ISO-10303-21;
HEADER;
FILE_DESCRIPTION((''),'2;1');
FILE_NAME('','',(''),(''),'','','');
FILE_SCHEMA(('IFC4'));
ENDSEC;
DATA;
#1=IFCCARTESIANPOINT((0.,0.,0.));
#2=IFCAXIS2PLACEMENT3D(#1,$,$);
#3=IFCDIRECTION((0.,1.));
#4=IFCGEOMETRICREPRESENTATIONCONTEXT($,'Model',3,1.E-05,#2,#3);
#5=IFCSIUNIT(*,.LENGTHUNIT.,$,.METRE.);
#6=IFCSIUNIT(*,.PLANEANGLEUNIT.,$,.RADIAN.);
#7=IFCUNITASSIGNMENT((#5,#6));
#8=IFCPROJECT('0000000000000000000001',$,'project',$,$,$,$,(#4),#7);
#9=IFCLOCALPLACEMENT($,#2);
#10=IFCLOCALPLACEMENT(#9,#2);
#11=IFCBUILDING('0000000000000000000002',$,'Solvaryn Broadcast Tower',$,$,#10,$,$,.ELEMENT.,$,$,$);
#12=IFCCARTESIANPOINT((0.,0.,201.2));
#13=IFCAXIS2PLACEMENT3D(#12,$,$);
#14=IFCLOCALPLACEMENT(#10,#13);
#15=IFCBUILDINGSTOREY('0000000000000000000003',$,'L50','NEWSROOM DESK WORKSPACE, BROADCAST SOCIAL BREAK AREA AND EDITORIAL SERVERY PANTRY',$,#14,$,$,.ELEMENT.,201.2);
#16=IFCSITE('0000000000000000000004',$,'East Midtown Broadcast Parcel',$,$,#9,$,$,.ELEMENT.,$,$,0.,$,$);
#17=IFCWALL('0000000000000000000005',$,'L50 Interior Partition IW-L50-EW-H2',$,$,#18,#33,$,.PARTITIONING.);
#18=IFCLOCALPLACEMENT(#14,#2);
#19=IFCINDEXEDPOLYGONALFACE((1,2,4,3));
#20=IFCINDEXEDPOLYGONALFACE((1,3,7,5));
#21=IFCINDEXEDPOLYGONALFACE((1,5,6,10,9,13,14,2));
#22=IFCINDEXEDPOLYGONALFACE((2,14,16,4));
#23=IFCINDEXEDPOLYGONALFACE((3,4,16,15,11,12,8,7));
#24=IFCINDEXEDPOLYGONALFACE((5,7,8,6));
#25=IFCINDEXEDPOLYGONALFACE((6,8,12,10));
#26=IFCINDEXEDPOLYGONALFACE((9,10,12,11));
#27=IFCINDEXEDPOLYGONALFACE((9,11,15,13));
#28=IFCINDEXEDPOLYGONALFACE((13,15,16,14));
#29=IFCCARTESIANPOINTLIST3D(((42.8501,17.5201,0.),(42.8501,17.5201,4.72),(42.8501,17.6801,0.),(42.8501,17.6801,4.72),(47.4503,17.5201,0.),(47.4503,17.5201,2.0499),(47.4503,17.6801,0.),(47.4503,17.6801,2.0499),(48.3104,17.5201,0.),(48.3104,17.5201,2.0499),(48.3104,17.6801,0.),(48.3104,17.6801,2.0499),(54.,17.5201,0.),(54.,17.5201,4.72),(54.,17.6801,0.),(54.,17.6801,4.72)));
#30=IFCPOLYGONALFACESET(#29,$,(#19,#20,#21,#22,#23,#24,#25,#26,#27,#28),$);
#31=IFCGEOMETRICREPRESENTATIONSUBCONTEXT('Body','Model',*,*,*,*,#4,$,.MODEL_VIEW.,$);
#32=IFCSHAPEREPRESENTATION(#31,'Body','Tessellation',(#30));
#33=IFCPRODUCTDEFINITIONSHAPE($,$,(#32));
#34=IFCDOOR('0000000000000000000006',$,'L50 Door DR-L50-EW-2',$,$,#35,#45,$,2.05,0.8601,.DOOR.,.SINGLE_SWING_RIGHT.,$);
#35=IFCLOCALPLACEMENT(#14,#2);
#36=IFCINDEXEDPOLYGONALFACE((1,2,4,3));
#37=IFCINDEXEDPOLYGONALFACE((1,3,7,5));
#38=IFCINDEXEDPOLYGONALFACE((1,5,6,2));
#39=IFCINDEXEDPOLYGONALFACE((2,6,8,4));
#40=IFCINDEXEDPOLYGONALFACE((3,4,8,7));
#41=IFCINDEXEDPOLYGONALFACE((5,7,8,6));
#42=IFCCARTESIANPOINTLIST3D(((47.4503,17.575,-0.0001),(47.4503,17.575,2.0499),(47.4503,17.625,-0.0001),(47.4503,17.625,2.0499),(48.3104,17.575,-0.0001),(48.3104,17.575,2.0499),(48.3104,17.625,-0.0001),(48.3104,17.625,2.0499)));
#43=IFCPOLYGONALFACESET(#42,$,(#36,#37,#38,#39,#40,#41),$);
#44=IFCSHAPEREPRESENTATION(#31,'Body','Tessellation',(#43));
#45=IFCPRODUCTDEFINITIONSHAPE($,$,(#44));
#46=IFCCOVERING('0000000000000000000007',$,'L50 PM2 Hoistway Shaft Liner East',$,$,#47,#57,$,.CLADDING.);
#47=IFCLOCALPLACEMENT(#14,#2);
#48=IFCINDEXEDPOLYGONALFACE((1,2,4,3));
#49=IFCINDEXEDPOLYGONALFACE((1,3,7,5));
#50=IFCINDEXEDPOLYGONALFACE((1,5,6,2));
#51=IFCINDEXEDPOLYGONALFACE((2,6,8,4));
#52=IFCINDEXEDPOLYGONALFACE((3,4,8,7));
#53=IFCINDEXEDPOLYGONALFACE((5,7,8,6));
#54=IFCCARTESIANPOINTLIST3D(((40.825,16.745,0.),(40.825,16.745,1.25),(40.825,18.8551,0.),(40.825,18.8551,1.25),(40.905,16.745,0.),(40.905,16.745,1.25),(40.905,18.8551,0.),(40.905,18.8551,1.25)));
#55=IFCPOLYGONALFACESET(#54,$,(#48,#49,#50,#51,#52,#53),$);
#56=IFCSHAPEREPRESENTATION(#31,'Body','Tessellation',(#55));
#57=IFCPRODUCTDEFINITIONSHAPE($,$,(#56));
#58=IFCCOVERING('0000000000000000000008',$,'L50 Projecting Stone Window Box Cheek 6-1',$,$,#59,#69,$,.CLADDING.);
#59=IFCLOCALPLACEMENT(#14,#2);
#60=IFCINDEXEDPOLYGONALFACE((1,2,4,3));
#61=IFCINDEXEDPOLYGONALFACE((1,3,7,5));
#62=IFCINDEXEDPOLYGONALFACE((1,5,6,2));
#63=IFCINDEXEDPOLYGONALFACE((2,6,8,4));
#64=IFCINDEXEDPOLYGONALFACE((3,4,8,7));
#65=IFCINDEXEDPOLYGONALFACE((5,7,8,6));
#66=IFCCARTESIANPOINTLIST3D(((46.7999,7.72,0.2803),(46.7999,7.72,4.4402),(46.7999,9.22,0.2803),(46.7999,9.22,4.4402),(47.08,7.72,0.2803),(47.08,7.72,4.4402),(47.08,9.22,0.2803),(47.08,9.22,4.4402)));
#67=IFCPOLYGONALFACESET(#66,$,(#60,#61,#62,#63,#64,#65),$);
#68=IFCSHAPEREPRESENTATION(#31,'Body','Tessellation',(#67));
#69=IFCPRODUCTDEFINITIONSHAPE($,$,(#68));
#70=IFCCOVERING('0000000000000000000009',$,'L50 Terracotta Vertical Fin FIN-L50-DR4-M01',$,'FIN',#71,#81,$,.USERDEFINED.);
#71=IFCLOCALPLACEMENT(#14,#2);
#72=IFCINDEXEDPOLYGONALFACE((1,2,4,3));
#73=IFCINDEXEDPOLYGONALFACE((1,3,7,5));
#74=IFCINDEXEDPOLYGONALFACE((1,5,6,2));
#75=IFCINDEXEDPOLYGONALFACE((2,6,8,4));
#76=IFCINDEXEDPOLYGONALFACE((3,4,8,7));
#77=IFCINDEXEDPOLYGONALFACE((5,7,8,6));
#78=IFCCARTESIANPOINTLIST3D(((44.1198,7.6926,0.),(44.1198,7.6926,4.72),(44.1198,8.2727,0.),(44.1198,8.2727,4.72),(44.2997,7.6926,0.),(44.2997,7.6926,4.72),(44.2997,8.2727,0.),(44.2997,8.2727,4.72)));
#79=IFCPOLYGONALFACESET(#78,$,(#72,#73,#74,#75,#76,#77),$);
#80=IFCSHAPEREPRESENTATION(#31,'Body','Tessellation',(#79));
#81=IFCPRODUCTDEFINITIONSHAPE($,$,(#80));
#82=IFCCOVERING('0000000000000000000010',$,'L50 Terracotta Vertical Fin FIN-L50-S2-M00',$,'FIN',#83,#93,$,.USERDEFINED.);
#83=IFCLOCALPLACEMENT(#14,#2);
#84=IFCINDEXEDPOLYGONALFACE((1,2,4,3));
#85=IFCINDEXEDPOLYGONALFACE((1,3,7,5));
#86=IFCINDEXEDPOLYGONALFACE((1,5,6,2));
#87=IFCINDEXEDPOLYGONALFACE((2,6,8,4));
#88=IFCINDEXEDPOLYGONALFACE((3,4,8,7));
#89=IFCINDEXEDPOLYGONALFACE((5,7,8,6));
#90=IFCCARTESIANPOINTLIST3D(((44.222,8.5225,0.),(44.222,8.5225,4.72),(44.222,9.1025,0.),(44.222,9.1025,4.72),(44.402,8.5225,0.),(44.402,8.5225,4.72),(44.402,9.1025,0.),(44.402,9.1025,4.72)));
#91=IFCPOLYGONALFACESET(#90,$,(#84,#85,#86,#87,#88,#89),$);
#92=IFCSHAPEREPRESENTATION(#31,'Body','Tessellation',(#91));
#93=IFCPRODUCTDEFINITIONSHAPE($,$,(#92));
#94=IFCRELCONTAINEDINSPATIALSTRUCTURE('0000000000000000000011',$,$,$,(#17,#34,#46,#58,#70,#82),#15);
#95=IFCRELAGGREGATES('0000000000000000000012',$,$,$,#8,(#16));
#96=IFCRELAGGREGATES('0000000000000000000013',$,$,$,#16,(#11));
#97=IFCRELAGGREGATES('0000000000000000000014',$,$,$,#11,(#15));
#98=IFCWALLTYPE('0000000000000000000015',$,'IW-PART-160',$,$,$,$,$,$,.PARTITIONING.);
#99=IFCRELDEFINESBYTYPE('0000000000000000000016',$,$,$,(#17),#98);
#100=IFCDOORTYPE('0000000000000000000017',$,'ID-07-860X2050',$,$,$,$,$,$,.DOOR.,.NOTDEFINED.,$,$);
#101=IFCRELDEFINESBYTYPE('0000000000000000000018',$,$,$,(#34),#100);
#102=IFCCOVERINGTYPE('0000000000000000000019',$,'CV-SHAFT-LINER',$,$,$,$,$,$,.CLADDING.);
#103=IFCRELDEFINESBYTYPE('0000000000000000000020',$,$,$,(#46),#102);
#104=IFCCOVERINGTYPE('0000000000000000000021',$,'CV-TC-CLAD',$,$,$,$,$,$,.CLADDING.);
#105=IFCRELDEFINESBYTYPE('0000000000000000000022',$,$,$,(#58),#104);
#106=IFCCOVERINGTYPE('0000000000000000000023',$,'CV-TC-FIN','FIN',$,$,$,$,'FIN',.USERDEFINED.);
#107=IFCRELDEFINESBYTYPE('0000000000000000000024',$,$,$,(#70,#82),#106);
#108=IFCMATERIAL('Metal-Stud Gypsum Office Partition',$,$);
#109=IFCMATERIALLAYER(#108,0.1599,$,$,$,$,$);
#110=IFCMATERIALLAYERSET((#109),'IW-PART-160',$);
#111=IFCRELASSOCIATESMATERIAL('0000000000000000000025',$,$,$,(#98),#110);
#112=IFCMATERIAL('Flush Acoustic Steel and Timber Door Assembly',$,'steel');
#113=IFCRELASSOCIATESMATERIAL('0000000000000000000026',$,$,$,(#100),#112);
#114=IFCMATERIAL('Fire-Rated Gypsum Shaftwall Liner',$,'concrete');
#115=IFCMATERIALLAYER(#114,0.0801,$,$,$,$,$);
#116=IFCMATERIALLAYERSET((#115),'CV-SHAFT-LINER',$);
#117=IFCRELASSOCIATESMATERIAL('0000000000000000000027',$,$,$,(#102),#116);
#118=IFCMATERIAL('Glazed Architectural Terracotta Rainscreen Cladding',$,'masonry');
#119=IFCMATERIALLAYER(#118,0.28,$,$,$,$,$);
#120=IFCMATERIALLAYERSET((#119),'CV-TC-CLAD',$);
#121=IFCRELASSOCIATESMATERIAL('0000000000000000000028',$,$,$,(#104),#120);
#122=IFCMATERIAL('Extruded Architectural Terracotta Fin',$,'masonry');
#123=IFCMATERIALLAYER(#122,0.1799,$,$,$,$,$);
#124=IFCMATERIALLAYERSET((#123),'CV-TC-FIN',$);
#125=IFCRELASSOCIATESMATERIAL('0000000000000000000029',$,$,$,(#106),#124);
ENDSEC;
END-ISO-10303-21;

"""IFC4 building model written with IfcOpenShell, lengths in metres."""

from ifc_helpers import new_model, si_unit, direction, frame, frame_2d, origin, origin_2d, place, context, subcontext, project, spatial, rectangle, extrude, material, layer, layer_set, type_object, element, fill, save


model = new_model("IFC4")

# Units and contexts
model_context = context("Model", 3, precision=1e-05, world=origin(), true_north=direction((0.0, 1.0)))
body_context = subcontext(model_context, "Body", "Model", "MODEL_VIEW")
ifc_project = project(units=[si_unit("LENGTHUNIT", "METRE"), si_unit("PLANEANGLEUNIT", "RADIAN")], contexts=[model_context])

# Site, building, storey
site_placement = place(None, origin())
site = spatial("IfcSite", under=ifc_project, at=site_placement, Name="East Midtown Broadcast Parcel", CompositionType="ELEMENT", RefElevation=0.0)
building_placement = place(site_placement, origin())
building = spatial("IfcBuilding", under=site, at=building_placement, Name="Solvaryn Broadcast Tower", CompositionType="ELEMENT")
storey_placement = place(building_placement, frame((0.0, 0.0, 201.2)))
storey = spatial("IfcBuildingStorey", under=building, at=storey_placement, Name="L50", Description="NEWSROOM DESK WORKSPACE, BROADCAST SOCIAL BREAK AREA AND EDITORIAL SERVERY PANTRY", CompositionType="ELEMENT", Elevation=201.2)

# Shared definitions
ifc_material_1 = material(Name="Metal-Stud Gypsum Office Partition")
ifc_layer_1 = layer(ifc_material_1, 0.1599)
ifc_layer_set_1 = layer_set([ifc_layer_1], Name="IW-PART-160")
wall_type_1 = type_object("IfcWallType", Name="IW-PART-160", PredefinedType="PARTITIONING", material=ifc_layer_set_1)

# Wall, opening, door
wall_1_placement = place(storey_placement, frame((42.8501, 17.6001, 0.0), z_axis=(0.0, 0.0, 1.0), x_axis=(1.0, 0.0, 0.0)))
wall_1 = element("IfcWall", 1, at=wall_1_placement, inside=storey, type_object=wall_type_1, Name="L50 Interior Partition IW-L50-EW-H2", PredefinedType="PARTITIONING", context=body_context, shape_type="SweptSolid", body=[
    extrude(rectangle(XDim=11.1499, YDim=0.1599, at=frame_2d((5.575, 0.0))), origin(), (0.0, 0.0, 1.0), 4.72),
])
opening_1_placement = place(wall_1_placement, frame((4.6001, 0.0, 0.0)))
opening_1 = element("IfcOpeningElement", 2, at=opening_1_placement, cuts=wall_1, PredefinedType="OPENING", context=body_context, shape_type="SweptSolid", body=[
    extrude(rectangle(XDim=0.8601, YDim=2.05, at=frame_2d((0.4302, 1.0249))), frame((0.0, 0.0901, 0.0), z_axis=(0.0, -1.0, 0.0), x_axis=(1.0, 0.0, 0.0)), (0.0, 0.0, 1.0), 0.1799),
])
ifc_material_2 = material(Name="Flush Acoustic Steel and Timber Door Assembly", Category="steel")
door_type_1 = type_object("IfcDoorType", Name="ID-07-860X2050", OperationType="NOTDEFINED", PredefinedType="DOOR", material=ifc_material_2)
door_1_placement = place(opening_1_placement, origin())
door_1 = element("IfcDoor", 3, at=door_1_placement, inside=storey, type_object=door_type_1, Name="L50 Door DR-L50-EW-2", OperationType="SINGLE_SWING_RIGHT", OverallHeight=2.05, OverallWidth=0.8601, PredefinedType="DOOR", context=body_context, shape_type="SweptSolid", body=[
    extrude(rectangle(XDim=0.8601, YDim=2.05, at=frame_2d((0.4302, 1.0249))), frame((0.0, 0.0249, 0.0), z_axis=(0.0, -1.0, 0.0), x_axis=(1.0, 0.0, 0.0)), (0.0, 0.0, 1.0), 0.05),
])
fill(opening_1, door_1)

# Coverings
ifc_material_3 = material(Name="Fire-Rated Gypsum Shaftwall Liner", Category="concrete")
ifc_layer_2 = layer(ifc_material_3, 0.0801)
ifc_layer_set_2 = layer_set([ifc_layer_2], Name="CV-SHAFT-LINER")
covering_type_1 = type_object("IfcCoveringType", Name="CV-SHAFT-LINER", PredefinedType="CLADDING", material=ifc_layer_set_2)
covering_1_placement = place(storey_placement, frame((40.865, 17.8, 0.0), z_axis=(0.0, 0.0, 1.0), x_axis=(1.0, 0.0, 0.0)))
element("IfcCovering", 4, at=covering_1_placement, inside=storey, type_object=covering_type_1, Name="L50 PM2 Hoistway Shaft Liner East", PredefinedType="CLADDING", context=body_context, shape_type="SweptSolid", body=[
    extrude(rectangle(XDim=0.0801, YDim=2.1101, at=origin_2d()), origin(), (0.0, 0.0, 1.0), 1.25),
])
ifc_material_4 = material(Name="Glazed Architectural Terracotta Rainscreen Cladding", Category="masonry")
ifc_layer_3 = layer(ifc_material_4, 0.28)
ifc_layer_set_3 = layer_set([ifc_layer_3], Name="CV-TC-CLAD")
covering_type_2 = type_object("IfcCoveringType", Name="CV-TC-CLAD", PredefinedType="CLADDING", material=ifc_layer_set_3)
covering_2_placement = place(storey_placement, frame((46.9399, 8.47, 0.2803), z_axis=(0.0, 0.0, 1.0), x_axis=(1.0, 0.0, 0.0)))
element("IfcCovering", 5, at=covering_2_placement, inside=storey, type_object=covering_type_2, Name="L50 Projecting Stone Window Box Cheek 6-1", PredefinedType="CLADDING", context=body_context, shape_type="SweptSolid", body=[
    extrude(rectangle(XDim=0.28, YDim=1.5, at=origin_2d()), origin(), (0.0, 0.0, 1.0), 4.1599),
])
ifc_material_5 = material(Name="Extruded Architectural Terracotta Fin", Category="masonry")
ifc_layer_4 = layer(ifc_material_5, 0.1799)
ifc_layer_set_4 = layer_set([ifc_layer_4], Name="CV-TC-FIN")
covering_type_3 = type_object("IfcCoveringType", Name="CV-TC-FIN", Description="FIN", ElementType="FIN", PredefinedType="USERDEFINED", material=ifc_layer_set_4)
for number, where, z_axis, x_axis, name in (
    (6, (44.2097, 7.9827, 0.0), (0.0, 0.0, 1.0), (1.0, 0.0, 0.0), "L50 Terracotta Vertical Fin FIN-L50-DR4-M01"),
    (7, (44.312, 8.8125, 0.0), (0.0, 0.0, 1.0), (1.0, 0.0, 0.0), "L50 Terracotta Vertical Fin FIN-L50-S2-M00"),
):
    element("IfcCovering", number, at=place(storey_placement, frame(where, z_axis=z_axis, x_axis=x_axis)), inside=storey, type_object=covering_type_3, Name=name, ObjectType="FIN", PredefinedType="USERDEFINED", context=body_context, shape_type="SweptSolid", body=[
        extrude(rectangle(XDim=0.1799, YDim=0.5801, at=origin_2d()), origin(), (0.0, 0.0, 1.0), 4.72),
    ])

save(model, "model.ifc")
